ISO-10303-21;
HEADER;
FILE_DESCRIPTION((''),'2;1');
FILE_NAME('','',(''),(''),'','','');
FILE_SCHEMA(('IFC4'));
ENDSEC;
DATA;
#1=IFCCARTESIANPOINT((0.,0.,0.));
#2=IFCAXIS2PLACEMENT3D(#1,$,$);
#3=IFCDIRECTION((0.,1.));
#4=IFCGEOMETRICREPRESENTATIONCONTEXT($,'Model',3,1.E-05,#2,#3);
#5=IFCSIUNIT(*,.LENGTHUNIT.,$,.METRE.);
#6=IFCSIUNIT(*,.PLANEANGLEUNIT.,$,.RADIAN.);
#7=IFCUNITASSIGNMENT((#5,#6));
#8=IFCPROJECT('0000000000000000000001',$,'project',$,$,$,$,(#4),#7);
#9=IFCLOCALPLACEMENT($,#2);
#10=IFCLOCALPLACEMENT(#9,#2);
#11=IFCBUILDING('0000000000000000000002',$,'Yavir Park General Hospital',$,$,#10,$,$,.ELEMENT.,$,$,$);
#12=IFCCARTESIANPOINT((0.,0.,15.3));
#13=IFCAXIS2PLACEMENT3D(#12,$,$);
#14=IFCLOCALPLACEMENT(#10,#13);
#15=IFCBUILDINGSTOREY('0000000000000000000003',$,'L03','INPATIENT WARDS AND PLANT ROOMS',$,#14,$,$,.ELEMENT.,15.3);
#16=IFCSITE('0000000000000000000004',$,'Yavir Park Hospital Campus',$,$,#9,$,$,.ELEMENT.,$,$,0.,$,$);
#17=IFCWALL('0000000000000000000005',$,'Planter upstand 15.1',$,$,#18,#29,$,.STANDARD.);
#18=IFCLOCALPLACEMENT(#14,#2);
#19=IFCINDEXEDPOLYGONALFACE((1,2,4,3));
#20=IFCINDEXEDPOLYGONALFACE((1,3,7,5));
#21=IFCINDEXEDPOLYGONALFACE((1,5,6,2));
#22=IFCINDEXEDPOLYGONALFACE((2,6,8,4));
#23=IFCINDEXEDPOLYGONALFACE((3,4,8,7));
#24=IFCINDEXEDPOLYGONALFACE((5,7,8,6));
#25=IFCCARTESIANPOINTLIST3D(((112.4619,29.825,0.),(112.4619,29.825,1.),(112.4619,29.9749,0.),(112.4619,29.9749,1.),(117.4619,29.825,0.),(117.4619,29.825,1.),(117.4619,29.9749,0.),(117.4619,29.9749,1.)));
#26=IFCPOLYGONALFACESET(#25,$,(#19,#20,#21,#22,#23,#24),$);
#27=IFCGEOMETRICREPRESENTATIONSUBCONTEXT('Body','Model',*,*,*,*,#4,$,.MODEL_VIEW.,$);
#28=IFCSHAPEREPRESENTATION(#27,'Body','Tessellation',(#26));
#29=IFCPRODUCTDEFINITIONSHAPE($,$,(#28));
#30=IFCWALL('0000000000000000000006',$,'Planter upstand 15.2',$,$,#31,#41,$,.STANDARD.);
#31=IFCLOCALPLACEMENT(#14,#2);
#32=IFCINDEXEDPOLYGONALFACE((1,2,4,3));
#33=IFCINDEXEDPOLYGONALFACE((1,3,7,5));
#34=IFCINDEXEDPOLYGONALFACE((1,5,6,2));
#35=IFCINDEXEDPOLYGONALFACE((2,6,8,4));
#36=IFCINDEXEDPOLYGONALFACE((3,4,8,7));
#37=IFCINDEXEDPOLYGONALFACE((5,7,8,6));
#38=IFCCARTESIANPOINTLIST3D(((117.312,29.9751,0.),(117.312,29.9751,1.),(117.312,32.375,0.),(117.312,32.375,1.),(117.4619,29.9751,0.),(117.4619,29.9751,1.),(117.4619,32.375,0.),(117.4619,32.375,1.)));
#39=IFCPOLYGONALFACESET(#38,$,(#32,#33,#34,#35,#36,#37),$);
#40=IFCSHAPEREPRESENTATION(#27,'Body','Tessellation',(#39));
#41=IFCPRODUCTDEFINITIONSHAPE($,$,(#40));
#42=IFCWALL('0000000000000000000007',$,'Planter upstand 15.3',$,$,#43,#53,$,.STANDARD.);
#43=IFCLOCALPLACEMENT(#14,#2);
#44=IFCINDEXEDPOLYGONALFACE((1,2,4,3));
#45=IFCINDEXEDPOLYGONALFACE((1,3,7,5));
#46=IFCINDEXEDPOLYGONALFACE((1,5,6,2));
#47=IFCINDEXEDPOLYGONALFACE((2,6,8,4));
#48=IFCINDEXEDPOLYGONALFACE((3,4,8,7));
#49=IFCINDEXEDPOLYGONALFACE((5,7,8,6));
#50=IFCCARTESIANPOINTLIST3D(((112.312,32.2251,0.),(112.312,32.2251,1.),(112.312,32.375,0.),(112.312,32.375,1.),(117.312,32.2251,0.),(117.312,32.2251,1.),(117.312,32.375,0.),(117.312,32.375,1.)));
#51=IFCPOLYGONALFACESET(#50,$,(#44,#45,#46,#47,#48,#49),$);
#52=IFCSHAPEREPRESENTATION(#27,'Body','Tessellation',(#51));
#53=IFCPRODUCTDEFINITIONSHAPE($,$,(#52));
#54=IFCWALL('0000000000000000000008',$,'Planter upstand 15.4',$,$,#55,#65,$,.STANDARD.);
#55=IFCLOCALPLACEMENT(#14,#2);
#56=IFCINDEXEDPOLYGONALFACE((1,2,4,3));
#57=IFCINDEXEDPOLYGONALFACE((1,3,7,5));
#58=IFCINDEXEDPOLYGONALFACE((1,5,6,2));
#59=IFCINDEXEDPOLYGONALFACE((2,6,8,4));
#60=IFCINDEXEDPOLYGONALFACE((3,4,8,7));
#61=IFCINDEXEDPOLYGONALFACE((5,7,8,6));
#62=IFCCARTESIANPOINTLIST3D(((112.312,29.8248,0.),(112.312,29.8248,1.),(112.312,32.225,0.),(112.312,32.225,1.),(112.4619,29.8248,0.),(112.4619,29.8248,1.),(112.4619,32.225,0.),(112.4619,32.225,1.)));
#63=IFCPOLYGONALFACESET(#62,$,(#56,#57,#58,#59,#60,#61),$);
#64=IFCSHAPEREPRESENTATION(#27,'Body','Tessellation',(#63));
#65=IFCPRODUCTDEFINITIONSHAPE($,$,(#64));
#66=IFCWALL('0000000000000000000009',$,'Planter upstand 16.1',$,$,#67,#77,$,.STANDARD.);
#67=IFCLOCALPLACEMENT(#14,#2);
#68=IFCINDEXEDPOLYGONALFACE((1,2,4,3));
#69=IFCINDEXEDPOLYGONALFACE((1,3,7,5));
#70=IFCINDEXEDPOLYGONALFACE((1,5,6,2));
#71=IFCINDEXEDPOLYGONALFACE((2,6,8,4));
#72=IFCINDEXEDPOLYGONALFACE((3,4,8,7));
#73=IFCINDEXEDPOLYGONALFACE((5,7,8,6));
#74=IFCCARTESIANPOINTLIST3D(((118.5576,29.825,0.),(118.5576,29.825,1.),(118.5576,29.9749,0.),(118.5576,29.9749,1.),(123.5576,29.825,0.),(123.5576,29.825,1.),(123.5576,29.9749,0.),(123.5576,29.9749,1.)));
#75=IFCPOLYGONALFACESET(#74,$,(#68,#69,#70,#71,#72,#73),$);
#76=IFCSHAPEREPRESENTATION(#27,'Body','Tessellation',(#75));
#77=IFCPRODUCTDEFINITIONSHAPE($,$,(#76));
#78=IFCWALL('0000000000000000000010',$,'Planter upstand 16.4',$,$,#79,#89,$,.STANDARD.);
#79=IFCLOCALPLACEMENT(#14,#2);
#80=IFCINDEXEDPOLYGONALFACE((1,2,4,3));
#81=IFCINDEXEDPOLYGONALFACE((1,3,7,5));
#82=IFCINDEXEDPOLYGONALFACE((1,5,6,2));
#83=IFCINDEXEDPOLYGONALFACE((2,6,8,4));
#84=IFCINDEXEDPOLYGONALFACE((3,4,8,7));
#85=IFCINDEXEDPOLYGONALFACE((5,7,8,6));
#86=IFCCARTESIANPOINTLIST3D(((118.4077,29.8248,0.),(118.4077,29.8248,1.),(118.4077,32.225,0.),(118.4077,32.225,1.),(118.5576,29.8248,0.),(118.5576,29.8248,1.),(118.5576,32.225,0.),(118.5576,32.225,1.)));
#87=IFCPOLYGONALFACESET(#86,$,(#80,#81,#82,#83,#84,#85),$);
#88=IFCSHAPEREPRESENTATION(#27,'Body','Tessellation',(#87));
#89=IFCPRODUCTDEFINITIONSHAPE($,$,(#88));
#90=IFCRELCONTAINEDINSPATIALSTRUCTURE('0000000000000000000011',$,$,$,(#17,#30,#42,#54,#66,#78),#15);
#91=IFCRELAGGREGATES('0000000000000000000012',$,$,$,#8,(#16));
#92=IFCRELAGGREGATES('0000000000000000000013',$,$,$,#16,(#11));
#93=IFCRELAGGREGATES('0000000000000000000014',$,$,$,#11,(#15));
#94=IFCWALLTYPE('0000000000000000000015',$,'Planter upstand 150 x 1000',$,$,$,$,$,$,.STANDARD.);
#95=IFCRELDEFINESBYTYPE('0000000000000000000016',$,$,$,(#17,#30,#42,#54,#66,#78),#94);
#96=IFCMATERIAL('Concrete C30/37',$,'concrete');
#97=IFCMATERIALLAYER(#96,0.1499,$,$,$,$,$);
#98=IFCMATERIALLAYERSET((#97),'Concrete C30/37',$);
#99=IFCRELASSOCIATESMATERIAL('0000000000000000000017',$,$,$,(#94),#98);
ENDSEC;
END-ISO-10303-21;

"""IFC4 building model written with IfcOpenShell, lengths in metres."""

from ifc_helpers import new_model, si_unit, direction, frame, frame_2d, origin, place, context, subcontext, project, spatial, rectangle, extrude, material, layer, layer_set, type_object, element, save


model = new_model("IFC4")

# Units and contexts
model_context = context("Model", 3, precision=1e-05, world=origin(), true_north=direction((0.0, 1.0)))
body_context = subcontext(model_context, "Body", "Model", "MODEL_VIEW")
ifc_project = project(units=[si_unit("LENGTHUNIT", "METRE"), si_unit("PLANEANGLEUNIT", "RADIAN")], contexts=[model_context])

# Site, building, storey
site_placement = place(None, origin())
site = spatial("IfcSite", under=ifc_project, at=site_placement, Name="Yavir Park Hospital Campus", CompositionType="ELEMENT", RefElevation=0.0)
building_placement = place(site_placement, origin())
building = spatial("IfcBuilding", under=site, at=building_placement, Name="Yavir Park General Hospital", CompositionType="ELEMENT")
storey_placement = place(building_placement, frame((0.0, 0.0, 15.3)))
storey = spatial("IfcBuildingStorey", under=building, at=storey_placement, Name="L03", Description="INPATIENT WARDS AND PLANT ROOMS", CompositionType="ELEMENT", Elevation=15.3)

# Walls
ifc_material_1 = material(Name="Concrete C30/37", Category="concrete")
ifc_layer_1 = layer(ifc_material_1, 0.1499)
ifc_layer_set_1 = layer_set([ifc_layer_1], Name="Concrete C30/37")
wall_type_1 = type_object("IfcWallType", Name="Planter upstand 150 x 1000", PredefinedType="STANDARD", material=ifc_layer_set_1)
wall_1_placement = place(storey_placement, frame((112.4619, 29.8999, 0.0), z_axis=(0.0, 0.0, 1.0), x_axis=(1.0, 0.0, 0.0)))
element("IfcWall", 1, at=wall_1_placement, inside=storey, type_object=wall_type_1, Name="Planter upstand 15.1", PredefinedType="STANDARD", context=body_context, shape_type="SweptSolid", body=[
    extrude(rectangle(XDim=5.0, YDim=0.1499, at=frame_2d((2.5, 0.0))), origin(), (0.0, 0.0, 1.0), 1.0),
])
wall_2_placement = place(storey_placement, frame((117.387, 29.9751, 0.0), z_axis=(0.0, 0.0, 1.0), x_axis=(0.0, 1.0, 0.0)))
element("IfcWall", 2, at=wall_2_placement, inside=storey, type_object=wall_type_1, Name="Planter upstand 15.2", PredefinedType="STANDARD", context=body_context, shape_type="SweptSolid", body=[
    extrude(rectangle(XDim=2.3999, YDim=0.1499, at=frame_2d((1.2, 0.0))), origin(), (0.0, 0.0, 1.0), 1.0),
])
wall_3_placement = place(storey_placement, frame((117.312, 32.3, 0.0), z_axis=(0.0, 0.0, 1.0), x_axis=(-1.0, 0.0, 0.0)))
element("IfcWall", 3, at=wall_3_placement, inside=storey, type_object=wall_type_1, Name="Planter upstand 15.3", PredefinedType="STANDARD", context=body_context, shape_type="SweptSolid", body=[
    extrude(rectangle(XDim=5.0, YDim=0.1499, at=frame_2d((2.5, 0.0))), origin(), (0.0, 0.0, 1.0), 1.0),
])
wall_4_placement = place(storey_placement, frame((112.387, 32.2251, 0.0), z_axis=(0.0, 0.0, 1.0), x_axis=(0.0, -1.0, 0.0)))
element("IfcWall", 4, at=wall_4_placement, inside=storey, type_object=wall_type_1, Name="Planter upstand 15.4", PredefinedType="STANDARD", context=body_context, shape_type="SweptSolid", body=[
    extrude(rectangle(XDim=2.4001, YDim=0.1499, at=frame_2d((1.2002, 0.0))), origin(), (0.0, 0.0, 1.0), 1.0),
])
wall_5_placement = place(storey_placement, frame((118.5576, 29.8999, 0.0), z_axis=(0.0, 0.0, 1.0), x_axis=(1.0, 0.0, 0.0)))
element("IfcWall", 5, at=wall_5_placement, inside=storey, type_object=wall_type_1, Name="Planter upstand 16.1", PredefinedType="STANDARD", context=body_context, shape_type="SweptSolid", body=[
    extrude(rectangle(XDim=5.0, YDim=0.1499, at=frame_2d((2.5, 0.0))), origin(), (0.0, 0.0, 1.0), 1.0),
])
wall_6_placement = place(storey_placement, frame((118.4827, 32.2251, 0.0), z_axis=(0.0, 0.0, 1.0), x_axis=(0.0, -1.0, 0.0)))
element("IfcWall", 6, at=wall_6_placement, inside=storey, type_object=wall_type_1, Name="Planter upstand 16.4", PredefinedType="STANDARD", context=body_context, shape_type="SweptSolid", body=[
    extrude(rectangle(XDim=2.4001, YDim=0.1499, at=frame_2d((1.2002, 0.0))), origin(), (0.0, 0.0, 1.0), 1.0),
])

save(model, "model.ifc")
